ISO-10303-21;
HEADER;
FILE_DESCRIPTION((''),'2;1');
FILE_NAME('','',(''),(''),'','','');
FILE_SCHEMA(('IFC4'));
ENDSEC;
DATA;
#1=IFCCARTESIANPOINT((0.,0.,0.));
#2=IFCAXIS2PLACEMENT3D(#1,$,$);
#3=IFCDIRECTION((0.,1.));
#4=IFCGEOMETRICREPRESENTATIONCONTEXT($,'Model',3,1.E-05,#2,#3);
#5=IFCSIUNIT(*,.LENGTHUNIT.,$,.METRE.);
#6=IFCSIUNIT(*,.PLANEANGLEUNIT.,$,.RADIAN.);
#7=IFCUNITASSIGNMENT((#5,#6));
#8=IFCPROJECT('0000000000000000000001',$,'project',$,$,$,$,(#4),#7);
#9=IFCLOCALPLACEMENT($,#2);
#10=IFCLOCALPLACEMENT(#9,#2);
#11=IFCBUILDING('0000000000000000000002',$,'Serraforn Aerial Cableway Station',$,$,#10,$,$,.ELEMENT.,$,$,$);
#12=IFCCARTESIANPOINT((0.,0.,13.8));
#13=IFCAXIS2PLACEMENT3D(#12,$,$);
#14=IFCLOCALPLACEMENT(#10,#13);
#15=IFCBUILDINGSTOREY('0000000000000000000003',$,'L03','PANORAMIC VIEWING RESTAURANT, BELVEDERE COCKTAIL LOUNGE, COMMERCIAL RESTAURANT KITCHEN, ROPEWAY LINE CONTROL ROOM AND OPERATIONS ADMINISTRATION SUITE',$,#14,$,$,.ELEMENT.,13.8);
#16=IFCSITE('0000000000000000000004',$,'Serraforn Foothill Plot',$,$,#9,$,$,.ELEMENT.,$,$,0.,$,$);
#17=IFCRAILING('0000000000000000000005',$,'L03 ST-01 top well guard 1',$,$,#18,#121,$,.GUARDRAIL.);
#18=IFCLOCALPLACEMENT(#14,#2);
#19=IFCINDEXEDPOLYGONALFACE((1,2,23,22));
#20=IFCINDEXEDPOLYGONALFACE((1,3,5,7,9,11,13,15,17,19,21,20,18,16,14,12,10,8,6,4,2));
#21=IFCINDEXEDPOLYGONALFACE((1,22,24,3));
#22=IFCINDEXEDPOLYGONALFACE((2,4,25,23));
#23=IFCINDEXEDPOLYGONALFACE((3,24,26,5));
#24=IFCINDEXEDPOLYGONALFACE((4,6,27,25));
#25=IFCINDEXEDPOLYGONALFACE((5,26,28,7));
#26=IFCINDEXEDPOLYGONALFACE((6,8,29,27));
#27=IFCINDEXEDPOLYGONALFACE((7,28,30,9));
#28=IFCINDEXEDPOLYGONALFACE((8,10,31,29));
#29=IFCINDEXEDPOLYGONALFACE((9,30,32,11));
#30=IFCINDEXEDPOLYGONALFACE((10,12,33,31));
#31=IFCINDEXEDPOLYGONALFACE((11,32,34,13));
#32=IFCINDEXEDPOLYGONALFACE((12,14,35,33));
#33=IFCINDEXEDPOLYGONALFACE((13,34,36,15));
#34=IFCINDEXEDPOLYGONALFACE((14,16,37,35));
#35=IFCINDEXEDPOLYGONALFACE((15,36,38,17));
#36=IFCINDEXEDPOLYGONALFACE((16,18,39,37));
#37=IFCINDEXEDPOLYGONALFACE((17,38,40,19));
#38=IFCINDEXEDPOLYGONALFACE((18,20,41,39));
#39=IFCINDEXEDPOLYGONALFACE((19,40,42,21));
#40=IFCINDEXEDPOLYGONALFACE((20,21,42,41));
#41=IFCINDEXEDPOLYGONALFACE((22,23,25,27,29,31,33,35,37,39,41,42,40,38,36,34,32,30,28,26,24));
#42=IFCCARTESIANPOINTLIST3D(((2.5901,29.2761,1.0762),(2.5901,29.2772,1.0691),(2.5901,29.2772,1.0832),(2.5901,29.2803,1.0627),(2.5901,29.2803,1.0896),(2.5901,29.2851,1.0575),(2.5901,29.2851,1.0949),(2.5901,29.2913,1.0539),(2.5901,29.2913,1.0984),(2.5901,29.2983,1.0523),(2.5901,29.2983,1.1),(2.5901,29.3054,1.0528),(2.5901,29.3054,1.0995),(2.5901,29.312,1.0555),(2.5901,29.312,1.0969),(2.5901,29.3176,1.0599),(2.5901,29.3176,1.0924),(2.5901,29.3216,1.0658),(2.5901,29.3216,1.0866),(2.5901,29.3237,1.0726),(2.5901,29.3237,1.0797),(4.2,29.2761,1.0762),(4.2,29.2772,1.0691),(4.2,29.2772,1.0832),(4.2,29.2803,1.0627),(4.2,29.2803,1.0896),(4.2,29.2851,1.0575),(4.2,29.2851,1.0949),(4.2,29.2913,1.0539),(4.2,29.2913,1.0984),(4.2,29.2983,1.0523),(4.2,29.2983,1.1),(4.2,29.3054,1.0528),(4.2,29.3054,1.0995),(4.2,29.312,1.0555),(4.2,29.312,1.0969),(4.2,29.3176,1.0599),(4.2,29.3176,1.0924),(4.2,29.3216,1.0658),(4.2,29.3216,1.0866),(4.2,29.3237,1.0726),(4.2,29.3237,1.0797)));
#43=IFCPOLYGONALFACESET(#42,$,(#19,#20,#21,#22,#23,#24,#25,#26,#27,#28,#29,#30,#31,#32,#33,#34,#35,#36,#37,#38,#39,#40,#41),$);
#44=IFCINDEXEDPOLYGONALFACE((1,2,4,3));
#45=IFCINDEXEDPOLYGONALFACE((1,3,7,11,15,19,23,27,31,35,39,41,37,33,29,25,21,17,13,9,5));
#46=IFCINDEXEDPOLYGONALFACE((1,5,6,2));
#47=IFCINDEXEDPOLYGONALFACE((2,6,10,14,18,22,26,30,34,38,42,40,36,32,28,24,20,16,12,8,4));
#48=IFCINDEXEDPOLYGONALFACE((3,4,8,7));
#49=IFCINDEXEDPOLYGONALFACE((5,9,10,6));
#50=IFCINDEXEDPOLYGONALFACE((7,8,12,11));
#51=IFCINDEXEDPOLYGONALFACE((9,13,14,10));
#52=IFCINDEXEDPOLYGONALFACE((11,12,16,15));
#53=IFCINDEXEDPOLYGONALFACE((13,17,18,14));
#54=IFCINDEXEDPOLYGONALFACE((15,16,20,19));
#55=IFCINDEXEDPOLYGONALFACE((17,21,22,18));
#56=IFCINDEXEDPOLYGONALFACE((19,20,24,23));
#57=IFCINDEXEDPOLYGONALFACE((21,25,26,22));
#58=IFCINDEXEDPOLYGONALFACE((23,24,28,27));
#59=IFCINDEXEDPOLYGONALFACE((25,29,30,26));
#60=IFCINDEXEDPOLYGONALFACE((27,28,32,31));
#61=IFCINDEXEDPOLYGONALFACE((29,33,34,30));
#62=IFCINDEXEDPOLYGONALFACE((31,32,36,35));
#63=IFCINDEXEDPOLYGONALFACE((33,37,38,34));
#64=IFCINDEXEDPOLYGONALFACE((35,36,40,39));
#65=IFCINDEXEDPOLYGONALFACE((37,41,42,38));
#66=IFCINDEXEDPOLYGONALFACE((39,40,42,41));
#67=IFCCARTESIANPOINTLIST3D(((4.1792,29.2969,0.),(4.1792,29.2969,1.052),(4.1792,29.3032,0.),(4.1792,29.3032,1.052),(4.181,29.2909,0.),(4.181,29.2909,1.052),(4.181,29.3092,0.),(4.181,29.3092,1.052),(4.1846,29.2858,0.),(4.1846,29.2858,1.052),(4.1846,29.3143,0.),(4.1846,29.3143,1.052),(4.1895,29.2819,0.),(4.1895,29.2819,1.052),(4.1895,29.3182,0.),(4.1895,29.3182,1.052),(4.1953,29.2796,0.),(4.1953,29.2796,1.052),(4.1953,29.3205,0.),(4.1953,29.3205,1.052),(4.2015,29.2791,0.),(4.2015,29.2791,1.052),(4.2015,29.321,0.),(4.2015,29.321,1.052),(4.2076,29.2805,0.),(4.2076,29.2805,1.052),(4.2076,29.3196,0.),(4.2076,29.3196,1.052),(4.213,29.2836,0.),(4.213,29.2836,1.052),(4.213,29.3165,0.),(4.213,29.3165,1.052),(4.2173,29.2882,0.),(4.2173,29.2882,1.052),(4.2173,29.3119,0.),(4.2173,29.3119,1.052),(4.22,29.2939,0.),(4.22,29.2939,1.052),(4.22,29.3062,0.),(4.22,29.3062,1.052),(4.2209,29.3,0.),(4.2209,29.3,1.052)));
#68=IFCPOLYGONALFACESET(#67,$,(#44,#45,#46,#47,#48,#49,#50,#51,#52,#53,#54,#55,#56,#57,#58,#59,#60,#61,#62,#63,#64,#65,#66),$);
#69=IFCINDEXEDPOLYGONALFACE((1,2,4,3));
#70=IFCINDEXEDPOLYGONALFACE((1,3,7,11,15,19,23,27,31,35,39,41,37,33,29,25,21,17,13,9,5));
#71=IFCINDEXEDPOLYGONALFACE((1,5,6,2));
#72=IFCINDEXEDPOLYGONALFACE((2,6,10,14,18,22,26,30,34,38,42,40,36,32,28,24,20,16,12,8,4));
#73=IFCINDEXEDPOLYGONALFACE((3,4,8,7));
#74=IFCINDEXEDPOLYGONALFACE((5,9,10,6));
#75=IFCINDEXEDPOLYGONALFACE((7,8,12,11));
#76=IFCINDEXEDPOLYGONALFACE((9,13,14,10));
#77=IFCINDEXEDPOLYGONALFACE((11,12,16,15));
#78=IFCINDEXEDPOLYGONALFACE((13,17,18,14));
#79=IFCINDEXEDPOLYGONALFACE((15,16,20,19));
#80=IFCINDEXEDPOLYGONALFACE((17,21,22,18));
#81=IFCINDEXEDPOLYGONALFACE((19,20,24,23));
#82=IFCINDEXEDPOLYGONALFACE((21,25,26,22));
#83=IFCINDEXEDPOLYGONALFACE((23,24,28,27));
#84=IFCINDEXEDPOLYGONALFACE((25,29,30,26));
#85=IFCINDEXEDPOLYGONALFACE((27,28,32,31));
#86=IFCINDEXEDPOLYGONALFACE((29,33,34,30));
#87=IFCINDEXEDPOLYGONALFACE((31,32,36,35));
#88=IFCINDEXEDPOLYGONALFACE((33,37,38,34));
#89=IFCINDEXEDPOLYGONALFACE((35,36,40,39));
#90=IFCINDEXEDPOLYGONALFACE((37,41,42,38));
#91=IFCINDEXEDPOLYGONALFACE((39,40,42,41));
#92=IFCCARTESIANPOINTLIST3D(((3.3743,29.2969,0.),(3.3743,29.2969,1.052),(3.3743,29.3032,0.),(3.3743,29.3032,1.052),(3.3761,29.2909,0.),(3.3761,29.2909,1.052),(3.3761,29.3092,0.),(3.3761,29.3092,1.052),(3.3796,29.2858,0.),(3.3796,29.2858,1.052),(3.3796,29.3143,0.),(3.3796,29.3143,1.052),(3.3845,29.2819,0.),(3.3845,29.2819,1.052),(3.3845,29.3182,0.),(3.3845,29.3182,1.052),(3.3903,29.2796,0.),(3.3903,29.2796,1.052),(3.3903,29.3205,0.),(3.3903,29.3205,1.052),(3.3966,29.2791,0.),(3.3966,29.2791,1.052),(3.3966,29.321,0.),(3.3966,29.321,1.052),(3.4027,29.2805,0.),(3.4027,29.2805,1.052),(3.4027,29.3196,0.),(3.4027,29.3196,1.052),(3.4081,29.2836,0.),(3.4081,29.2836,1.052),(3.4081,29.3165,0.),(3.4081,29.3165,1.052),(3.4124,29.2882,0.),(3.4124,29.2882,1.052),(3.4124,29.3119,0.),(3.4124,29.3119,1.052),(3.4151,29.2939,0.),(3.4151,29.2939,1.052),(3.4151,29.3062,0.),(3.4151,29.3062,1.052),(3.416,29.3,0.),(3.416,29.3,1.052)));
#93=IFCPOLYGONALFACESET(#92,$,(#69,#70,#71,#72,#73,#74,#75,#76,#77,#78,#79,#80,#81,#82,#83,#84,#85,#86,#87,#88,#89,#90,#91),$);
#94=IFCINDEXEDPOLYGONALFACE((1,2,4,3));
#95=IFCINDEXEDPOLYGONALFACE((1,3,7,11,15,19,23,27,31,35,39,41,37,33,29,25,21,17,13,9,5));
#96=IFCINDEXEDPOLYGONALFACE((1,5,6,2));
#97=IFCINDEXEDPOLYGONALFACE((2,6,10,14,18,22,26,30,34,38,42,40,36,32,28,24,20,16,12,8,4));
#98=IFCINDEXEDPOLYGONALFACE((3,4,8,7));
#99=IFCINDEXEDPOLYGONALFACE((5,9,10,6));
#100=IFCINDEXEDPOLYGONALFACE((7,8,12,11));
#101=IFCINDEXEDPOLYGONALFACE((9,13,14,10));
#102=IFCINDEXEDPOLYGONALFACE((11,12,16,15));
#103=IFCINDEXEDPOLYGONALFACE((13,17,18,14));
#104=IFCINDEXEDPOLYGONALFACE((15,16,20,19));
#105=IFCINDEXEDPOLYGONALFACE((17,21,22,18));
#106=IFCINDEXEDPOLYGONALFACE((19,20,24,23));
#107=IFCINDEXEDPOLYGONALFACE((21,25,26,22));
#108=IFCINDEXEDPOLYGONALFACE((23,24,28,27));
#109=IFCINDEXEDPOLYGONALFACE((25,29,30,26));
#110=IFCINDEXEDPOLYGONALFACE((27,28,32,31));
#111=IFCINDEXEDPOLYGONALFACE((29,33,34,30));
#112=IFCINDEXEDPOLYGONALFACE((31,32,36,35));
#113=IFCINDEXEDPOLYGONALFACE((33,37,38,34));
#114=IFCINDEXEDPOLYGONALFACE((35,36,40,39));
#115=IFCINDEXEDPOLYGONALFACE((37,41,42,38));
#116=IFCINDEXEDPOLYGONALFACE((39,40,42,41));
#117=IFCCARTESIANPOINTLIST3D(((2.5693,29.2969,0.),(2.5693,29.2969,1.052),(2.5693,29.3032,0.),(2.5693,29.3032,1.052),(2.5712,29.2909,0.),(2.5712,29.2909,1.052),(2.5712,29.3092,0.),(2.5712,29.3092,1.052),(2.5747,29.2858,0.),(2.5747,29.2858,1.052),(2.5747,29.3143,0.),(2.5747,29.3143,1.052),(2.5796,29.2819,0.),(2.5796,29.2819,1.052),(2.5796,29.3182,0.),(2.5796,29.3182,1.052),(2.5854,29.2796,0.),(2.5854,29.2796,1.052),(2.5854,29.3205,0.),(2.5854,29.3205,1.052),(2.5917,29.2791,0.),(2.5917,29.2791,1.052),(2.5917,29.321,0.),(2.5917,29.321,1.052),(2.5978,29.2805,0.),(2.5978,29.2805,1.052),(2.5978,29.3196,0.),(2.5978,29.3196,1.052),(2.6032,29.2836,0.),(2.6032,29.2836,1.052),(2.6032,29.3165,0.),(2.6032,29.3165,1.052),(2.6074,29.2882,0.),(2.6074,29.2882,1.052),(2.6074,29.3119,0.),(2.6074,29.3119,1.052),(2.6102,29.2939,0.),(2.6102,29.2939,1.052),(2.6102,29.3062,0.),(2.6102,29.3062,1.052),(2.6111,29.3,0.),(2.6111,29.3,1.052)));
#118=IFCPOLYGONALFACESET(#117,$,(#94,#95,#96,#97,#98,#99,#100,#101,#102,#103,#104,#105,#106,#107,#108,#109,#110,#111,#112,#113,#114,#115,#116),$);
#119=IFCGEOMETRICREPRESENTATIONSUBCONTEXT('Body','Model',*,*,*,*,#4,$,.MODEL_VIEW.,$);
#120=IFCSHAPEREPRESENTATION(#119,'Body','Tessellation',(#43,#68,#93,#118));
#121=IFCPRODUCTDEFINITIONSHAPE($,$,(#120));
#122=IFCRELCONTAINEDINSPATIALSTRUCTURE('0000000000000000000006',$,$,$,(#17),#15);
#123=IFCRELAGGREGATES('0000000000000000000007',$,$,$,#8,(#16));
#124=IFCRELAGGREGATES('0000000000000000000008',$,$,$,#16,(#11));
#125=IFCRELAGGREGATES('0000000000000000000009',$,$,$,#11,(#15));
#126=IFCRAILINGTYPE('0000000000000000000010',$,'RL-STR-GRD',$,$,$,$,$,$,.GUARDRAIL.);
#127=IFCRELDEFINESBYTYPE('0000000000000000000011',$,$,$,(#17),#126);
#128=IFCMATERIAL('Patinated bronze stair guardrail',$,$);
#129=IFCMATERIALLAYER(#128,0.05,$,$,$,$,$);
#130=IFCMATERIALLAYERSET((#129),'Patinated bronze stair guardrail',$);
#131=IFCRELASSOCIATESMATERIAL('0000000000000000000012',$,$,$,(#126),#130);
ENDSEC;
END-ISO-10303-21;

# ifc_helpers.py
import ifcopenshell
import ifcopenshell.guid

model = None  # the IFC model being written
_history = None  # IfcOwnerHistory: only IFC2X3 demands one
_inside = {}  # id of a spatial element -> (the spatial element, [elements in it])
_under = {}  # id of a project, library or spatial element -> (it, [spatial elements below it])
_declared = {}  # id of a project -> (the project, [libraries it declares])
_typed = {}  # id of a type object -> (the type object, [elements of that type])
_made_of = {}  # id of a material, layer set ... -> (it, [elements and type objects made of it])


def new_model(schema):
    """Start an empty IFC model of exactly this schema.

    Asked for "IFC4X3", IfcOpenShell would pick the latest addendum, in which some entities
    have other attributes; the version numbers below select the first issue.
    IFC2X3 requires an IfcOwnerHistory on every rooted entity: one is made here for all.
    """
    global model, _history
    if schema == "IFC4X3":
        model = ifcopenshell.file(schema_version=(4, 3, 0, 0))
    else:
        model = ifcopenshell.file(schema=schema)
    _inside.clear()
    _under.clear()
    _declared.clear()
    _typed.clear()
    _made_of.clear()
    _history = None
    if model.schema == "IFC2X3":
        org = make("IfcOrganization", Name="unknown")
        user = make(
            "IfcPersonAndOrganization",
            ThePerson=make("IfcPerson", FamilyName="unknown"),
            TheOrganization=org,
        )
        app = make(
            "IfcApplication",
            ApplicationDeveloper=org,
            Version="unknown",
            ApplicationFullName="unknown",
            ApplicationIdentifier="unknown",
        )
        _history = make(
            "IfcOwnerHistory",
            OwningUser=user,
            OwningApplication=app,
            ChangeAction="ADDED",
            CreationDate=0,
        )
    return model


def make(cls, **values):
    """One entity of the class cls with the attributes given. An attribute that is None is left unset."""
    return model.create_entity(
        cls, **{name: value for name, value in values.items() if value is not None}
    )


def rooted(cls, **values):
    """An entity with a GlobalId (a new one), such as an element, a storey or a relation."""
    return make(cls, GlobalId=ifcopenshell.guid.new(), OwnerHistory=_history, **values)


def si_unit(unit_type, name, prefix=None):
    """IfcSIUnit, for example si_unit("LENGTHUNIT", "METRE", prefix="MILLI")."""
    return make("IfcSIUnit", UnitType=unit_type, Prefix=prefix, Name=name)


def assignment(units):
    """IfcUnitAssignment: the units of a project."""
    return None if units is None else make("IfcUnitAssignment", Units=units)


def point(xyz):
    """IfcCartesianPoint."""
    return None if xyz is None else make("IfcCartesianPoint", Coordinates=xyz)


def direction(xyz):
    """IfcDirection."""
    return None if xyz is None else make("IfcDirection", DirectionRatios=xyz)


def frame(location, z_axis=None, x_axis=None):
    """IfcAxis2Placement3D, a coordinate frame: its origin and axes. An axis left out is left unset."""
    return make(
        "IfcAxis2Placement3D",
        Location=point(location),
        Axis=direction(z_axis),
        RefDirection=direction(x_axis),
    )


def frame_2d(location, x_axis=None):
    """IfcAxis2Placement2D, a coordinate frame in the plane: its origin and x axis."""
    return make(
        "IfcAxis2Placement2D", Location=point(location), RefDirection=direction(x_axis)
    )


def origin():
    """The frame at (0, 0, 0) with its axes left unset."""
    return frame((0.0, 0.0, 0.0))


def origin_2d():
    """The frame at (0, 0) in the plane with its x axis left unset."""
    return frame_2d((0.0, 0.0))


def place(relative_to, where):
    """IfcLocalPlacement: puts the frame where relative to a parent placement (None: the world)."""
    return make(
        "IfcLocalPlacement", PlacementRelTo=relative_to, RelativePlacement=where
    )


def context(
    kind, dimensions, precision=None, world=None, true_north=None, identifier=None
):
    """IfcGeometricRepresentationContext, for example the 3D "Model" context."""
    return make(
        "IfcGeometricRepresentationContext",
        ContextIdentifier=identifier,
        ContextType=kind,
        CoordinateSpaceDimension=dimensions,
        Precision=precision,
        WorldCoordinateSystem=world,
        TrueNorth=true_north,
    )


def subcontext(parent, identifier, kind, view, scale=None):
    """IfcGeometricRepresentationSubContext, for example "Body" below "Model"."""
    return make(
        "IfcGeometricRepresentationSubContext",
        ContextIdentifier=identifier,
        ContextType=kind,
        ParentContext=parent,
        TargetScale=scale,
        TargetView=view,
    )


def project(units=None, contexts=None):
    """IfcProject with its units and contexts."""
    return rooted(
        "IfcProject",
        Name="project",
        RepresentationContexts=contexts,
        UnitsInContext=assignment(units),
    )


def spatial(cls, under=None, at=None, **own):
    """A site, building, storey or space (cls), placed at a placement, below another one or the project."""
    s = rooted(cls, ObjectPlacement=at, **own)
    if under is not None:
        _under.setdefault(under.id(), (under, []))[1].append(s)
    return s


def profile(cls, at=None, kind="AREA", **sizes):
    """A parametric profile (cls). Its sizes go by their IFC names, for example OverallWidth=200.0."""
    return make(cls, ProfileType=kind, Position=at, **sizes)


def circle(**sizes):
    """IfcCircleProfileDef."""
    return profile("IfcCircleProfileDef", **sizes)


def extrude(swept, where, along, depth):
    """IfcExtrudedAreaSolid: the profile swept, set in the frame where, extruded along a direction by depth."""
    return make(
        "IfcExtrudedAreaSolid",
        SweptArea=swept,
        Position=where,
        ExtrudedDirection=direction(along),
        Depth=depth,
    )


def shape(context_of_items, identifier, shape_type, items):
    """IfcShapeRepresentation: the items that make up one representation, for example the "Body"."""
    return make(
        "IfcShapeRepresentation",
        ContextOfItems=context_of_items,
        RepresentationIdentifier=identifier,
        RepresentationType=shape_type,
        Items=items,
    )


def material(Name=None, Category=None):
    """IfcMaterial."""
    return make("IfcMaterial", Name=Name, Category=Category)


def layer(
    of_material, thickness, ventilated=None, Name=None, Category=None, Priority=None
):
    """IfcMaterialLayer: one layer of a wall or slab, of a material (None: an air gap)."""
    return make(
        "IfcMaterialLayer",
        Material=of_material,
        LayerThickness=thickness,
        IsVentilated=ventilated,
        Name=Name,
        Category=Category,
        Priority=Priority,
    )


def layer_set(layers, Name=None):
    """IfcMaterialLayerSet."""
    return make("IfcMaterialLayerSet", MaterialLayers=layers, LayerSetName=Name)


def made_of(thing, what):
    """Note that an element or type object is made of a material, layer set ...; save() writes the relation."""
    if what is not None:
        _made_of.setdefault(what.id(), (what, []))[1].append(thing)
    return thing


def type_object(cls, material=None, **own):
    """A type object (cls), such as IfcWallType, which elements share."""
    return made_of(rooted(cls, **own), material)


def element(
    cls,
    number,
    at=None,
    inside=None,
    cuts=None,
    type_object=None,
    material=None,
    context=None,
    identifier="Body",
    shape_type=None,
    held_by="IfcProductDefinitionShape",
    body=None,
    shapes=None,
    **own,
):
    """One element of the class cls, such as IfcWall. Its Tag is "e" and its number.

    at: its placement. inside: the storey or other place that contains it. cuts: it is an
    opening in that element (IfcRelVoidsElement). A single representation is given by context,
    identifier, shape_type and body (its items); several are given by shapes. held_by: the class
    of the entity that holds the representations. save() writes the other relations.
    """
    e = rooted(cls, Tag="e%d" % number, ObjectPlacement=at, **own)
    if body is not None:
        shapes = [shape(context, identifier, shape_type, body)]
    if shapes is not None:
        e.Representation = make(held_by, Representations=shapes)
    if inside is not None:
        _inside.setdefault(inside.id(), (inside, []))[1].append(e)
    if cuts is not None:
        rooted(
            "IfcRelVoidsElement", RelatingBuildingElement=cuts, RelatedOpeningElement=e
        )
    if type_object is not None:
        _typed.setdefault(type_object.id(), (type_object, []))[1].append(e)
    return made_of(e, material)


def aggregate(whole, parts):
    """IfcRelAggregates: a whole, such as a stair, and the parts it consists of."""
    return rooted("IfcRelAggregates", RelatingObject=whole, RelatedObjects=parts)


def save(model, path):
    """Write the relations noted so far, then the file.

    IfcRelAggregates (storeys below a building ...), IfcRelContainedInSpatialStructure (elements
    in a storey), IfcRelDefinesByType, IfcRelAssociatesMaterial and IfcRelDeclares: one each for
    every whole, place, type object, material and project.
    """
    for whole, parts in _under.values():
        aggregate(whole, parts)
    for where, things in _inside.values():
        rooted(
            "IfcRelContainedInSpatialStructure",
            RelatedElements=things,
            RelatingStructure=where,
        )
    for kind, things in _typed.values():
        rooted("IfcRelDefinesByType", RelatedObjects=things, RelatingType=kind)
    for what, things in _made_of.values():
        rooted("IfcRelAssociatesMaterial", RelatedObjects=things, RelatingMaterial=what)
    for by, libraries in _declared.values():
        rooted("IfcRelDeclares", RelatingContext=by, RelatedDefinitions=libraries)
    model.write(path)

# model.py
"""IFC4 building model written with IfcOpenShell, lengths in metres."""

from ifc_helpers import new_model, si_unit, direction, frame, origin, origin_2d, place, context, subcontext, project, spatial, circle, extrude, material, layer, layer_set, type_object, element, save


model = new_model("IFC4")

# Units and contexts
model_context = context("Model", 3, precision=1e-05, world=origin(), true_north=direction((0.0, 1.0)))
body_context = subcontext(model_context, "Body", "Model", "MODEL_VIEW")
ifc_project = project(units=[si_unit("LENGTHUNIT", "METRE"), si_unit("PLANEANGLEUNIT", "RADIAN")], contexts=[model_context])

# Site, building, storey
site_placement = place(None, origin())
site = spatial("IfcSite", under=ifc_project, at=site_placement, Name="Serraforn Foothill Plot", CompositionType="ELEMENT", RefElevation=0.0)
building_placement = place(site_placement, origin())
building = spatial("IfcBuilding", under=site, at=building_placement, Name="Serraforn Aerial Cableway Station", CompositionType="ELEMENT")
storey_placement = place(building_placement, frame((0.0, 0.0, 13.8)))
storey = spatial("IfcBuildingStorey", under=building, at=storey_placement, Name="L03", Description="PANORAMIC VIEWING RESTAURANT, BELVEDERE COCKTAIL LOUNGE, COMMERCIAL RESTAURANT KITCHEN, ROPEWAY LINE CONTROL ROOM AND OPERATIONS ADMINISTRATION SUITE", CompositionType="ELEMENT", Elevation=13.8)

# Railing
ifc_material_1 = material(Name="Patinated bronze stair guardrail")
ifc_layer_1 = layer(ifc_material_1, 0.05)
ifc_layer_set_1 = layer_set([ifc_layer_1], Name="Patinated bronze stair guardrail")
railing_type = type_object("IfcRailingType", Name="RL-STR-GRD", PredefinedType="GUARDRAIL", material=ifc_layer_set_1)
railing_placement = place(storey_placement, frame((4.2, 29.3, 0.0)))
element("IfcRailing", 1, at=railing_placement, inside=storey, type_object=railing_type, Name="L03 ST-01 top well guard 1", PredefinedType="GUARDRAIL", context=body_context, shape_type="SweptSolid", body=[
    extrude(circle(Radius=0.0239, at=origin_2d()), frame((0.0, 0.0, 1.0762), z_axis=(-1.0, 0.0, 0.0), x_axis=(0.0, -1.0, 0.0)), (0.0, 0.0, 1.0), 1.6099),
    extrude(circle(Radius=0.021, at=origin_2d()), origin(), (0.0, 0.0, 1.0), 1.052),
    extrude(circle(Radius=0.021, at=origin_2d()), frame((-0.8049, 0.0, 0.0)), (0.0, 0.0, 1.0), 1.052),
    extrude(circle(Radius=0.021, at=origin_2d()), frame((-1.6099, 0.0, 0.0)), (0.0, 0.0, 1.0), 1.052),
])

save(model, "model.ifc")
